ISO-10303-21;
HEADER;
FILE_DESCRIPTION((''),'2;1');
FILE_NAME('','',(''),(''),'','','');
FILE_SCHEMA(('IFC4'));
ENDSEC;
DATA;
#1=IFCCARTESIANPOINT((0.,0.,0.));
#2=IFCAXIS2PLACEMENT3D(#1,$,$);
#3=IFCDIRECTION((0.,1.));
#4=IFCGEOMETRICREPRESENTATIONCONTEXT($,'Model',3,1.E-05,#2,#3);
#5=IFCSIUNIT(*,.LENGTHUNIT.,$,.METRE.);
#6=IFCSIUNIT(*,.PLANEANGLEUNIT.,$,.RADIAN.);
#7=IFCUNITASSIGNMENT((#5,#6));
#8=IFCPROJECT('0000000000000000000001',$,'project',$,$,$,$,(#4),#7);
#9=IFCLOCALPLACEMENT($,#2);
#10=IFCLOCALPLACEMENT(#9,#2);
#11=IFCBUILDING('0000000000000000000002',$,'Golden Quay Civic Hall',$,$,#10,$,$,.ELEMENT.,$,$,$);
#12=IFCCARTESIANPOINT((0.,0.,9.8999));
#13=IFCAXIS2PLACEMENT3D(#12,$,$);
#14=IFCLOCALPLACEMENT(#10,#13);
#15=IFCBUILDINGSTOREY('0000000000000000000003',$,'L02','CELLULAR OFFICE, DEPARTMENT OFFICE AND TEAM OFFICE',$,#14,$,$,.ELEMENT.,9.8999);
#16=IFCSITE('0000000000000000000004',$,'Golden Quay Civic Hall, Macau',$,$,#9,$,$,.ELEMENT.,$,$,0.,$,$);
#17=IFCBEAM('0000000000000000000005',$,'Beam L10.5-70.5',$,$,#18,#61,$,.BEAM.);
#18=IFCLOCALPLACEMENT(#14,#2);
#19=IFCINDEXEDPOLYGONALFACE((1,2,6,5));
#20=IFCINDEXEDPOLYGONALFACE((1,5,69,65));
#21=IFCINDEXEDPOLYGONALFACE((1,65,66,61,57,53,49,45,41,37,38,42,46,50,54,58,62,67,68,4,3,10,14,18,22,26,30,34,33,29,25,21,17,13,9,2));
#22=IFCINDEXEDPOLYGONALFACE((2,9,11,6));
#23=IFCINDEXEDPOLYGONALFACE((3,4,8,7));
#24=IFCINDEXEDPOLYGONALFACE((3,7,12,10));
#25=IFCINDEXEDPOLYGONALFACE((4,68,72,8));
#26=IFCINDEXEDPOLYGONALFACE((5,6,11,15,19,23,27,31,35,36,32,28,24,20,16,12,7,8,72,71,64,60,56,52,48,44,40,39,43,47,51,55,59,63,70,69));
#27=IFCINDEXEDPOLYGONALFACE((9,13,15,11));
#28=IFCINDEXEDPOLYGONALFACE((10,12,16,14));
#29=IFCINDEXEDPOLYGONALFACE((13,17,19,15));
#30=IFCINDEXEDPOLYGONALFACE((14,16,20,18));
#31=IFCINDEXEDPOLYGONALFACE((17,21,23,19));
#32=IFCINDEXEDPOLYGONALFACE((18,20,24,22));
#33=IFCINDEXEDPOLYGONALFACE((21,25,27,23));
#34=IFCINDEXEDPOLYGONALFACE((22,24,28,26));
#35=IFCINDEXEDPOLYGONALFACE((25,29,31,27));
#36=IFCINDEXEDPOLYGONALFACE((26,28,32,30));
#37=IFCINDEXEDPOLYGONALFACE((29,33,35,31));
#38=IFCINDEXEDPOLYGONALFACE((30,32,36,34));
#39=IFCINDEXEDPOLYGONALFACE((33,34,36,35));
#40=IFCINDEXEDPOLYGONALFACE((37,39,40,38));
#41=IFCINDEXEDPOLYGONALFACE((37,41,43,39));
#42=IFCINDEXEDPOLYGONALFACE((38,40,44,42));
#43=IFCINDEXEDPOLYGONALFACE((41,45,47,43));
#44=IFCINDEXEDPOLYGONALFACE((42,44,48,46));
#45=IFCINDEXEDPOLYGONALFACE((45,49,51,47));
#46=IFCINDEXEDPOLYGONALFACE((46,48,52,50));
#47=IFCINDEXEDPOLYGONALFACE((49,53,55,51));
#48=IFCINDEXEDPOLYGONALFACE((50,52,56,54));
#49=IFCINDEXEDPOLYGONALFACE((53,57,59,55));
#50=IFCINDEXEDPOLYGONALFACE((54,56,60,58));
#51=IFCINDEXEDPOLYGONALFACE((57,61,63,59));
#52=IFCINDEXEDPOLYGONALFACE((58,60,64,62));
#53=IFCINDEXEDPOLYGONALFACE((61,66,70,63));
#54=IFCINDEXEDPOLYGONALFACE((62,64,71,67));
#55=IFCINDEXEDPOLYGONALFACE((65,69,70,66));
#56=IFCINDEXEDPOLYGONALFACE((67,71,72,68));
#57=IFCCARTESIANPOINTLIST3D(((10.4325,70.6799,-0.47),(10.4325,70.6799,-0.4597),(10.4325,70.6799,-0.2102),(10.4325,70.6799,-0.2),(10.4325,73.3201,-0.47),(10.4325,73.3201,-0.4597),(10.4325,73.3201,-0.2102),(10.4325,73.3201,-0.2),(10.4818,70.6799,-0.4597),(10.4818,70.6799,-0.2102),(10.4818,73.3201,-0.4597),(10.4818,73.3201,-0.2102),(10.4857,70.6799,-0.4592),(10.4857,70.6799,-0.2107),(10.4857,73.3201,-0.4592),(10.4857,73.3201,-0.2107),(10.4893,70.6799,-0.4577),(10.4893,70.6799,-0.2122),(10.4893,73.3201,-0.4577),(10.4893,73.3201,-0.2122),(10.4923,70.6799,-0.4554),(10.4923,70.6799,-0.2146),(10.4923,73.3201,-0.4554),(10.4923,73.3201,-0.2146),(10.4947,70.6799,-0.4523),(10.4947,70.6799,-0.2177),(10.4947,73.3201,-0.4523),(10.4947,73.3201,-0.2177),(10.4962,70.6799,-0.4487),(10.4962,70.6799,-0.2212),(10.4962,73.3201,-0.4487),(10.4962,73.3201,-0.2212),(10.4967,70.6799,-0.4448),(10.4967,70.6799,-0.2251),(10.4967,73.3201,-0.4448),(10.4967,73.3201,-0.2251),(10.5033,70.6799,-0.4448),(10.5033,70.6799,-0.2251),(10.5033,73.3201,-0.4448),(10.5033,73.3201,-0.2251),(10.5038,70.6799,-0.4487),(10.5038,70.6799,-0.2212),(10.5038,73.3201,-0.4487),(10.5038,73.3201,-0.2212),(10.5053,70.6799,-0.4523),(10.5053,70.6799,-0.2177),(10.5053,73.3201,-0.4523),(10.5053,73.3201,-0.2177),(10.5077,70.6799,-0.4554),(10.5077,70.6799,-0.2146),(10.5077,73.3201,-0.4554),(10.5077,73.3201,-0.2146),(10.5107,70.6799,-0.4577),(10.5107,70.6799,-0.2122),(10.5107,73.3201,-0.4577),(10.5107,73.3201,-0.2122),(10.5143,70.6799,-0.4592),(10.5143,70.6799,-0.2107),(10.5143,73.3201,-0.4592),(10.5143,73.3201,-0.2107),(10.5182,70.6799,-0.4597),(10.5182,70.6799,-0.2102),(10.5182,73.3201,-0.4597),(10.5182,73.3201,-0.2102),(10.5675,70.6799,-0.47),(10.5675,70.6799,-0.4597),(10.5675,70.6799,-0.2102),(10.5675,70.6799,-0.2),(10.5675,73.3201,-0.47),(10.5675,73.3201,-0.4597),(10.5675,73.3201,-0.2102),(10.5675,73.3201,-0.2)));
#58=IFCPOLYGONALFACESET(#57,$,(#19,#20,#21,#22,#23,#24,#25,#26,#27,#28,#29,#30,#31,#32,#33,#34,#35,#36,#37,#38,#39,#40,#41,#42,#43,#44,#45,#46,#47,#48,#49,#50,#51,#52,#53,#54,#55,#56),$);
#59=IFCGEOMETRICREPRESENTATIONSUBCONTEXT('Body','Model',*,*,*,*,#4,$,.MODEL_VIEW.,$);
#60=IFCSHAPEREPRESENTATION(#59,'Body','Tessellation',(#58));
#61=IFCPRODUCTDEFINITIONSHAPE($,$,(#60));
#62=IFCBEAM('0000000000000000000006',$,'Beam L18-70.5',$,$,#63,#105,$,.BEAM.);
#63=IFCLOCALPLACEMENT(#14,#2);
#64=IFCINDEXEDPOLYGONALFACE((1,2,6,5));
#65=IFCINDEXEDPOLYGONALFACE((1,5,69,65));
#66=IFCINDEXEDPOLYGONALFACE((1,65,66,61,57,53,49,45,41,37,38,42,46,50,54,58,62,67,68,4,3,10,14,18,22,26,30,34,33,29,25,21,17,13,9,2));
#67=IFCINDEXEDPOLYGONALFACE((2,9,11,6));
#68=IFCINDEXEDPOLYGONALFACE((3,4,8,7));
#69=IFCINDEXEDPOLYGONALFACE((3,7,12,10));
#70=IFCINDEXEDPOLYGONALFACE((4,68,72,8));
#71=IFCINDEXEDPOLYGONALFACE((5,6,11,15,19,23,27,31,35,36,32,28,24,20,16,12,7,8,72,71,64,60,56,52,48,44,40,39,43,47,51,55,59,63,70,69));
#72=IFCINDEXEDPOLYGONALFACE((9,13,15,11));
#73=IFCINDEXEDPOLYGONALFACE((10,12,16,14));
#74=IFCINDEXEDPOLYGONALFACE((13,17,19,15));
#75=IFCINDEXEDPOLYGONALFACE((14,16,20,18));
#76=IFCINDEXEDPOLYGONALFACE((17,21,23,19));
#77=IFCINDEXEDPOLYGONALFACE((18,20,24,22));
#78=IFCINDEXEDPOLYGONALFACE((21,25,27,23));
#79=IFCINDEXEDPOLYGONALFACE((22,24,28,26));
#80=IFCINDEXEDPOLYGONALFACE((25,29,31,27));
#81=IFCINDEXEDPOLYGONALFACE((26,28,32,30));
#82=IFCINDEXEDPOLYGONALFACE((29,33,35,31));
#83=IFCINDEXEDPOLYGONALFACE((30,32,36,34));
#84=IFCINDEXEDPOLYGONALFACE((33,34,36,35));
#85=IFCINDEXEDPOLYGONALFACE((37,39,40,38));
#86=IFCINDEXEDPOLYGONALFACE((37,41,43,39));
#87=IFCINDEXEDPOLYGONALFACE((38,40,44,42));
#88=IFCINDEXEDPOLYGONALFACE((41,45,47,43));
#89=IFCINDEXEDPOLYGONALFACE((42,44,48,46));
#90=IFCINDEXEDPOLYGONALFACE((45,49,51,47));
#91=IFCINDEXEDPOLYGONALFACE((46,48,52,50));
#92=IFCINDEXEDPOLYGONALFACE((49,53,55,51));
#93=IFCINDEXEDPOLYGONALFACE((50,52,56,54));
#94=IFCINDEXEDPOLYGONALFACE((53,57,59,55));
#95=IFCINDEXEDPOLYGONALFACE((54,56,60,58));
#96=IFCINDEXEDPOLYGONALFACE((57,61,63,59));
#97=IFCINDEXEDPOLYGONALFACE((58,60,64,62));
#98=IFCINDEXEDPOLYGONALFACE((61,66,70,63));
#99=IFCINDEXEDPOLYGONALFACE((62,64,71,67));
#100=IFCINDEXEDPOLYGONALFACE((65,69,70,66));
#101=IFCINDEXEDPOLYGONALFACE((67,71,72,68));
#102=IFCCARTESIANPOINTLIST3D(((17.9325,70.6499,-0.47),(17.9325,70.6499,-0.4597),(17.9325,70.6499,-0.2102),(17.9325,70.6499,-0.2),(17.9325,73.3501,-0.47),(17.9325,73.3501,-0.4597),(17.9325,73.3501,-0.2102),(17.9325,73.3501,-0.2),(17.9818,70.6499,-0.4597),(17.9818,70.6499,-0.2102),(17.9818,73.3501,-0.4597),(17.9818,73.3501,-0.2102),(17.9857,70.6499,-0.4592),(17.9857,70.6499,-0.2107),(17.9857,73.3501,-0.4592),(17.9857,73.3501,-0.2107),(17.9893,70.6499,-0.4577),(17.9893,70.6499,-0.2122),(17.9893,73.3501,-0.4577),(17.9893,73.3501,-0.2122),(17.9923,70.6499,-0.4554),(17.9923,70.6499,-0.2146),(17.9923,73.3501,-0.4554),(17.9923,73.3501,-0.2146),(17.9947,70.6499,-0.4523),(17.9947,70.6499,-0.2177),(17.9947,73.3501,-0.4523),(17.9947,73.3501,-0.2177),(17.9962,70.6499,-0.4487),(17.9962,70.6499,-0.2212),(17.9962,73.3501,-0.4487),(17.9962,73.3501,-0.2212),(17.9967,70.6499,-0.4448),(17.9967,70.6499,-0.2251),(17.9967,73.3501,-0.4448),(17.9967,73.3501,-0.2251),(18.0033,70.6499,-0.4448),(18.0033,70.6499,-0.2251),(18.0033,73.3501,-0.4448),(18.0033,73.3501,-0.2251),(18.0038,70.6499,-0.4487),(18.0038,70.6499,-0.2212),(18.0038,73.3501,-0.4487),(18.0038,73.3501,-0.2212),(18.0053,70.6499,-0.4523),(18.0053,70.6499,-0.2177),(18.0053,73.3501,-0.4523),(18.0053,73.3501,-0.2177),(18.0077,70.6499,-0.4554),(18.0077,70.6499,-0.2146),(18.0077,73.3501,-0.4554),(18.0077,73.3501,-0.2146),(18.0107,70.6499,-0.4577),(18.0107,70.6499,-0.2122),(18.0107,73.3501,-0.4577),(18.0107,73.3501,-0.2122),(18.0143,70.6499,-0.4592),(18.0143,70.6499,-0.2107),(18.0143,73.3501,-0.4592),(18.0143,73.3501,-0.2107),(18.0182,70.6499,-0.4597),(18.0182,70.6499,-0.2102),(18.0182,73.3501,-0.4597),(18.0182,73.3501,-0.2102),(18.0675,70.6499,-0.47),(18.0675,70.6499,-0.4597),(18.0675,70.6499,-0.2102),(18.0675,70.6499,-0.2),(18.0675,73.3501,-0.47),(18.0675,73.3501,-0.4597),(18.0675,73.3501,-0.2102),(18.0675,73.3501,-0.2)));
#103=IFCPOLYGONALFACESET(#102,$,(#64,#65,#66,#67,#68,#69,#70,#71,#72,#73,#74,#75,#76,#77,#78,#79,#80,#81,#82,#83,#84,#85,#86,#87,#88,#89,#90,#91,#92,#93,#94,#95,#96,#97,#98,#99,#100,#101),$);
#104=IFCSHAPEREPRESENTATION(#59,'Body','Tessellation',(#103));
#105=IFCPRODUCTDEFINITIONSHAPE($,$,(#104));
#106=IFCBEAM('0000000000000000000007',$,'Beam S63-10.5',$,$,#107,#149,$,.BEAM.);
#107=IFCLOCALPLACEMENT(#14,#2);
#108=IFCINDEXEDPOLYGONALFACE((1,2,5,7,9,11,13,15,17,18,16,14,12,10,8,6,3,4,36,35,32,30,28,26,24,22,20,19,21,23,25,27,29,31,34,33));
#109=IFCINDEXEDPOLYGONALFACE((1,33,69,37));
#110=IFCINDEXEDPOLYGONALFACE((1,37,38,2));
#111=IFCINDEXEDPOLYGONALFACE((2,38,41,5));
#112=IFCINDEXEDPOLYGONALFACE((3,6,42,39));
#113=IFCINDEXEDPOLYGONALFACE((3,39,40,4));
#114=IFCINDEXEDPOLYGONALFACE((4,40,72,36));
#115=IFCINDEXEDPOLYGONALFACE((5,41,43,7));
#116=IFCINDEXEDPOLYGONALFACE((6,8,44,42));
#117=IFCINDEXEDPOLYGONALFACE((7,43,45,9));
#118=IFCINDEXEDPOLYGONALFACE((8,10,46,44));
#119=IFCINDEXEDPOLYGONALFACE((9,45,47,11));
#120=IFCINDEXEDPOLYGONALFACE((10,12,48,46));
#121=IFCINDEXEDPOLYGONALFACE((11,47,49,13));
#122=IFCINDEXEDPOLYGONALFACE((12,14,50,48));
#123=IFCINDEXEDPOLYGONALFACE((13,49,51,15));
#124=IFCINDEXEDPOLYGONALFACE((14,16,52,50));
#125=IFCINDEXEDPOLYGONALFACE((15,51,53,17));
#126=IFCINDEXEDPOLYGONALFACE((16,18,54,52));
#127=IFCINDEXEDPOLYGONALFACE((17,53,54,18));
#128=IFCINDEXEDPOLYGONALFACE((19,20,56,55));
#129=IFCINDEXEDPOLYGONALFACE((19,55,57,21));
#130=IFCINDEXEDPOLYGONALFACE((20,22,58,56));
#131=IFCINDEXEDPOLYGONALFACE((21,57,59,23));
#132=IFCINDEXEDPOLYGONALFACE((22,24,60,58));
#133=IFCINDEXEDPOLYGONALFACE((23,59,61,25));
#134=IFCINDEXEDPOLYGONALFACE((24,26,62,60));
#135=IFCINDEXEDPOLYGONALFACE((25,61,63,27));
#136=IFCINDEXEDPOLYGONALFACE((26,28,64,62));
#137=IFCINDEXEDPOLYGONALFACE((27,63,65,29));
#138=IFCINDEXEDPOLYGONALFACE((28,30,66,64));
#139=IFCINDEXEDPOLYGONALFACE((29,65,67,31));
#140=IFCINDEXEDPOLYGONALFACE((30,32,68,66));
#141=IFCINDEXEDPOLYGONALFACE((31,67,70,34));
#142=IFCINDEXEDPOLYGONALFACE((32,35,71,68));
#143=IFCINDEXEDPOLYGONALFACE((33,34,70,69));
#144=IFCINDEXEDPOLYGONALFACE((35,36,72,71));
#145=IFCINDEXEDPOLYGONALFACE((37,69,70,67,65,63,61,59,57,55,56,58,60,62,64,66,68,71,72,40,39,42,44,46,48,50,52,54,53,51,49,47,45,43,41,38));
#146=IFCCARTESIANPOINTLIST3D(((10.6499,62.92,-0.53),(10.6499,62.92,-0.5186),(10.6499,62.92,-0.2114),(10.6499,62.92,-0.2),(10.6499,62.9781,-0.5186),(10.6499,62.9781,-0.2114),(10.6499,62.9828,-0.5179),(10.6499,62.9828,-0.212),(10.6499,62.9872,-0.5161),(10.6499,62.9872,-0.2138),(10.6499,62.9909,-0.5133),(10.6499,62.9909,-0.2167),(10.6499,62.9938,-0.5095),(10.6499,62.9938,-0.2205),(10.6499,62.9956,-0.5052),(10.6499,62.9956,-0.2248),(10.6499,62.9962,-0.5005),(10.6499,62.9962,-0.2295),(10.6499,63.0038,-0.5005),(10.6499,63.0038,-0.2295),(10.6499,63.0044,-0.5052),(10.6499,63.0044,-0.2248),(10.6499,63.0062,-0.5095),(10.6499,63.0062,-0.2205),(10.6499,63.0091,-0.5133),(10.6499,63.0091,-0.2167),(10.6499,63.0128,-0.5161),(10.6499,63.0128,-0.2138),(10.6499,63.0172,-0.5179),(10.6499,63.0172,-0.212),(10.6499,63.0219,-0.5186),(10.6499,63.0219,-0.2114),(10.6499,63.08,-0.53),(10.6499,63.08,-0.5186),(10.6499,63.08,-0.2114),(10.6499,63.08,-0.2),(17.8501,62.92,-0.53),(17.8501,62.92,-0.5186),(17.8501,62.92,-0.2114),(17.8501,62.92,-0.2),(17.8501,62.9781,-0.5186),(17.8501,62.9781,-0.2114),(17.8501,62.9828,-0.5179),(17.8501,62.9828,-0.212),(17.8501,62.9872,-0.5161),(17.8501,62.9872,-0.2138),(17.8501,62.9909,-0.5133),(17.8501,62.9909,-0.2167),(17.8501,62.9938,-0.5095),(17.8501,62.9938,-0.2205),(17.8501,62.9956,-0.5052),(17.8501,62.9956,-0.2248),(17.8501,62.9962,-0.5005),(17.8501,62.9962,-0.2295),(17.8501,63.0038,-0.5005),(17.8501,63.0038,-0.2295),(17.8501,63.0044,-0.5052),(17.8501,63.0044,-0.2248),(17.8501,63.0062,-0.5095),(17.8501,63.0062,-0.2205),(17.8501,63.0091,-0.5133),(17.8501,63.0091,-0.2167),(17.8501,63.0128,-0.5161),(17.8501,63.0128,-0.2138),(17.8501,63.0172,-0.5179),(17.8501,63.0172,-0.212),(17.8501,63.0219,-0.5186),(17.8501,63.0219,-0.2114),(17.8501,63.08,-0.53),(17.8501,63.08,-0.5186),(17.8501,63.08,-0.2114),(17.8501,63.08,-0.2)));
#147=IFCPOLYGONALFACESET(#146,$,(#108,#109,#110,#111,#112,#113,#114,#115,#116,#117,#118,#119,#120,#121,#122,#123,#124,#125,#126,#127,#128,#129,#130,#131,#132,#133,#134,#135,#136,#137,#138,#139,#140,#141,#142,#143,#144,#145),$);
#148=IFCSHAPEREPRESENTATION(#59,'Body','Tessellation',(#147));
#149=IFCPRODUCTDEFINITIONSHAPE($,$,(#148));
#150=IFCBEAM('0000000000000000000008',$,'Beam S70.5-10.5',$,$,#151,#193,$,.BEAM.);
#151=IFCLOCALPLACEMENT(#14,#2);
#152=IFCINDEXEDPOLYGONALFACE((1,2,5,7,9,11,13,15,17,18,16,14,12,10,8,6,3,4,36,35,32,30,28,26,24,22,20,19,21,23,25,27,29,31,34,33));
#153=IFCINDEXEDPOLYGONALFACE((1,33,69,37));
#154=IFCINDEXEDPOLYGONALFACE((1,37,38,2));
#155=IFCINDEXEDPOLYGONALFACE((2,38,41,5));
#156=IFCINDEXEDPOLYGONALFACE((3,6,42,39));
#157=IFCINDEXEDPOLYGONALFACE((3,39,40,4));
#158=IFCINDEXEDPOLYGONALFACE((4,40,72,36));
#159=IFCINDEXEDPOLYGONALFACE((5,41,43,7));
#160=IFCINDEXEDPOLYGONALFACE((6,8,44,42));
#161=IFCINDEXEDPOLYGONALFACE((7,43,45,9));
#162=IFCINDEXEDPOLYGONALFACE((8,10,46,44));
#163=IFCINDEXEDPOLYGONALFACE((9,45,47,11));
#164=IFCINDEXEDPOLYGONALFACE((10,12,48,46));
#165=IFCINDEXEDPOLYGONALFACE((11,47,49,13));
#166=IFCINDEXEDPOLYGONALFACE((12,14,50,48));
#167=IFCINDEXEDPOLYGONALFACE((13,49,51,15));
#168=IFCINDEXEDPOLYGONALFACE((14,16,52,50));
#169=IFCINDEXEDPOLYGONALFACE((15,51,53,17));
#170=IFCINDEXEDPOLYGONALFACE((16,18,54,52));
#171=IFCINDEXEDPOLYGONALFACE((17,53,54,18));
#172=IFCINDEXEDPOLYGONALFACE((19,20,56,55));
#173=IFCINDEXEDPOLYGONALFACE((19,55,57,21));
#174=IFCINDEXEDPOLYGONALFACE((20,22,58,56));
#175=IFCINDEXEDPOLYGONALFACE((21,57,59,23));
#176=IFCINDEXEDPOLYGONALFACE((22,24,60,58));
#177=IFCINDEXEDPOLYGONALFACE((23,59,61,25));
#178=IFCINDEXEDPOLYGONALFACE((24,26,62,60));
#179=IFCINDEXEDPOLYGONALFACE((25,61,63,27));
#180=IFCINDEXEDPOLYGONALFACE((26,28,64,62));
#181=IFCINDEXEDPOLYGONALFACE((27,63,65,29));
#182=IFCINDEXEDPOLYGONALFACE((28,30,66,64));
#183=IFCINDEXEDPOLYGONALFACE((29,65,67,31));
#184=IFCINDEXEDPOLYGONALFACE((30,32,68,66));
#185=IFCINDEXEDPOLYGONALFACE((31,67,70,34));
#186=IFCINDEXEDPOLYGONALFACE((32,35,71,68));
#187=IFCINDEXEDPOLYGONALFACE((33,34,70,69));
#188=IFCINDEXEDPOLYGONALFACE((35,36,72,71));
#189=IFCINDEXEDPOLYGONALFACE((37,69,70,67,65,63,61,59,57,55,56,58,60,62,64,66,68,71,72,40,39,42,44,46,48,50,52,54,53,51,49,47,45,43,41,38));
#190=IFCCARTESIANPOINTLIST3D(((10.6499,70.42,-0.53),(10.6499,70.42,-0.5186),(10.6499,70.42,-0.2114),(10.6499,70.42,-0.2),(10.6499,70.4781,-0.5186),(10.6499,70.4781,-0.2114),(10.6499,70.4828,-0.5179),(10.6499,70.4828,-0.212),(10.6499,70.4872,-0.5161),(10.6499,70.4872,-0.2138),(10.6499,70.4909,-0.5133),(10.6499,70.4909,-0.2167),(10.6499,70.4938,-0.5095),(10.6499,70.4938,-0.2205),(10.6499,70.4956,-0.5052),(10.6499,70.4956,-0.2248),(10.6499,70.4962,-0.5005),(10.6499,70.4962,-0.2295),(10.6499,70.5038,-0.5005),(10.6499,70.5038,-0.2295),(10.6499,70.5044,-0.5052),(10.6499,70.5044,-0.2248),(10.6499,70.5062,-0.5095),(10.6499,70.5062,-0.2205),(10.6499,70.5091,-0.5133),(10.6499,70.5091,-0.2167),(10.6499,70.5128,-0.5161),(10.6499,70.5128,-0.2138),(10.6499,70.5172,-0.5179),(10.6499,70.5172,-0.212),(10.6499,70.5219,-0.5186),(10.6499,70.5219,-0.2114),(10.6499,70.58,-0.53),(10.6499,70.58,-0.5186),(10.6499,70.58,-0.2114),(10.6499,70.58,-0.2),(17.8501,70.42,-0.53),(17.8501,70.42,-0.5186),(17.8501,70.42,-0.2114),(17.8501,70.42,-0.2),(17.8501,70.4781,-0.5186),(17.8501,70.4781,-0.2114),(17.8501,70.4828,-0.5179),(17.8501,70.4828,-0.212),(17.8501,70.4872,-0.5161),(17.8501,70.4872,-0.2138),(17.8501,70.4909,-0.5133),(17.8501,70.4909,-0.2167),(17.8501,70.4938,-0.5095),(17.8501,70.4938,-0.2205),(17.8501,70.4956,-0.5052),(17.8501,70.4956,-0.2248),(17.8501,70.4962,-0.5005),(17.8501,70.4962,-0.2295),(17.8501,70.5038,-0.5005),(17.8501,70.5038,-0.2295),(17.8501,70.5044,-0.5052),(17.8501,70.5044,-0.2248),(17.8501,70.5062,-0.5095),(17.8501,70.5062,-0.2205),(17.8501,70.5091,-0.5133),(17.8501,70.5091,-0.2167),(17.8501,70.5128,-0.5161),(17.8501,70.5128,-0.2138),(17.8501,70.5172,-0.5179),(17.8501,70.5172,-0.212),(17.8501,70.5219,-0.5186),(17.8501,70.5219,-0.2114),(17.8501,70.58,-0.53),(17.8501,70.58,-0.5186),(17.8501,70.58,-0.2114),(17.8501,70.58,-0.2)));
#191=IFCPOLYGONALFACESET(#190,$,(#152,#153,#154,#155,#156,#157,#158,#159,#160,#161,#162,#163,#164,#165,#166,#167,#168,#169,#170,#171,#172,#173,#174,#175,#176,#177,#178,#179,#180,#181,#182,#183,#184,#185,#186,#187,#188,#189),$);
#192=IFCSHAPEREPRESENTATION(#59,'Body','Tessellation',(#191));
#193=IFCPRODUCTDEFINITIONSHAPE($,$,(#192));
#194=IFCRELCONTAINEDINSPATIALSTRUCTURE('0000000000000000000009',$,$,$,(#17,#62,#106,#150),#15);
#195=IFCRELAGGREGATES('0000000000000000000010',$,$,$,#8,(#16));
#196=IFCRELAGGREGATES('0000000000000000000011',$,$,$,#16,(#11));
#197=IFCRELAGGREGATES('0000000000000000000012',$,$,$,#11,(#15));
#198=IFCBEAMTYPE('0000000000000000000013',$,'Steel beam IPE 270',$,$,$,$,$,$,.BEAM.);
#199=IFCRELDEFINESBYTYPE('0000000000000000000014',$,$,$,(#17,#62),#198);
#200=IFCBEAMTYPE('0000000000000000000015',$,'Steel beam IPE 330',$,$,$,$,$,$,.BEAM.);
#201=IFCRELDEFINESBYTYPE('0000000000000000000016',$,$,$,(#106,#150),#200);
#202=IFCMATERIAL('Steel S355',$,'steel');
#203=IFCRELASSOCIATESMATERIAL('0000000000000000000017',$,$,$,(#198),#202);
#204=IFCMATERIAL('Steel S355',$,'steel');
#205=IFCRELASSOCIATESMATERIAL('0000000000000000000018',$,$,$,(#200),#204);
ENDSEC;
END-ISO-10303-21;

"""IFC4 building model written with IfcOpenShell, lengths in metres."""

from ifc_helpers import new_model, si_unit, direction, frame, origin, origin_2d, place, context, subcontext, project, spatial, i_section, extrude, material, material_profile, profile_set, type_object, element, save


model = new_model("IFC4")

# Units and contexts
model_context = context("Model", 3, precision=1e-05, world=origin(), true_north=direction((0.0, 1.0)))
body_context = subcontext(model_context, "Body", "Model", "MODEL_VIEW")
ifc_project = project(units=[si_unit("LENGTHUNIT", "METRE"), si_unit("PLANEANGLEUNIT", "RADIAN")], contexts=[model_context])

# Site, building, storey
site_placement = place(None, origin())
site = spatial("IfcSite", under=ifc_project, at=site_placement, Name="Golden Quay Civic Hall, Macau", CompositionType="ELEMENT", RefElevation=0.0)
building_placement = place(site_placement, origin())
building = spatial("IfcBuilding", under=site, at=building_placement, Name="Golden Quay Civic Hall", CompositionType="ELEMENT")
storey_placement = place(building_placement, frame((0.0, 0.0, 9.8999)))
storey = spatial("IfcBuildingStorey", under=building, at=storey_placement, Name="L02", Description="CELLULAR OFFICE, DEPARTMENT OFFICE AND TEAM OFFICE", CompositionType="ELEMENT", Elevation=9.8999)

# Beams
ifc_material_1 = material(Name="Steel S355", Category="steel")
ifc_material_profile_1 = material_profile(ifc_material_1, i_section(OverallWidth=0.135, OverallDepth=0.27, WebThickness=0.0066, FlangeThickness=0.0103, FilletRadius=0.0149, at=origin_2d()), Name="IPE 270")
ifc_profile_set_1 = profile_set([ifc_material_profile_1], Name="Steel S355")
beam_type_1 = type_object("IfcBeamType", Name="Steel beam IPE 270", PredefinedType="BEAM", material=ifc_profile_set_1)
beam_1_placement = place(storey_placement, frame((10.5, 70.6799, -0.335), z_axis=(0.0, 1.0, 0.0), x_axis=(-1.0, 0.0, 0.0)))
element("IfcBeam", 1, at=beam_1_placement, inside=storey, type_object=beam_type_1, Name="Beam L10.5-70.5", PredefinedType="BEAM", context=body_context, shape_type="SweptSolid", body=[
    extrude(i_section(OverallWidth=0.135, OverallDepth=0.27, WebThickness=0.0066, FlangeThickness=0.0103, FilletRadius=0.0149, at=origin_2d()), origin(), (0.0, 0.0, 1.0), 2.6401),
])
beam_2_placement = place(storey_placement, frame((18.0, 70.6499, -0.335), z_axis=(0.0, 1.0, 0.0), x_axis=(-1.0, 0.0, 0.0)))
element("IfcBeam", 2, at=beam_2_placement, inside=storey, type_object=beam_type_1, Name="Beam L18-70.5", PredefinedType="BEAM", context=body_context, shape_type="SweptSolid", body=[
    extrude(i_section(OverallWidth=0.135, OverallDepth=0.27, WebThickness=0.0066, FlangeThickness=0.0103, FilletRadius=0.0149, at=origin_2d()), origin(), (0.0, 0.0, 1.0), 2.7002),
])
ifc_material_2 = material(Name="Steel S355", Category="steel")
ifc_material_profile_2 = material_profile(ifc_material_2, i_section(OverallWidth=0.1599, OverallDepth=0.3301, WebThickness=0.0076, FlangeThickness=0.0115, FilletRadius=0.0181, at=origin_2d()), Name="IPE 330")
ifc_profile_set_2 = profile_set([ifc_material_profile_2], Name="Steel S355")
beam_type_2 = type_object("IfcBeamType", Name="Steel beam IPE 330", PredefinedType="BEAM", material=ifc_profile_set_2)
for number, where, z_axis, x_axis, name in (
    (3, (10.6499, 63.0, -0.365), (1.0, 0.0, 0.0), (0.0, 1.0, 0.0), "Beam S63-10.5"),
    (4, (10.6499, 70.5, -0.365), (1.0, 0.0, 0.0), (0.0, 1.0, 0.0), "Beam S70.5-10.5"),
):
    element("IfcBeam", number, at=place(storey_placement, frame(where, z_axis=z_axis, x_axis=x_axis)), inside=storey, type_object=beam_type_2, Name=name, PredefinedType="BEAM", context=body_context, shape_type="SweptSolid", body=[
        extrude(i_section(OverallWidth=0.1599, OverallDepth=0.3301, WebThickness=0.0076, FlangeThickness=0.0115, FilletRadius=0.0181, at=origin_2d()), origin(), (0.0, 0.0, 1.0), 7.2002),
    ])

save(model, "model.ifc")
